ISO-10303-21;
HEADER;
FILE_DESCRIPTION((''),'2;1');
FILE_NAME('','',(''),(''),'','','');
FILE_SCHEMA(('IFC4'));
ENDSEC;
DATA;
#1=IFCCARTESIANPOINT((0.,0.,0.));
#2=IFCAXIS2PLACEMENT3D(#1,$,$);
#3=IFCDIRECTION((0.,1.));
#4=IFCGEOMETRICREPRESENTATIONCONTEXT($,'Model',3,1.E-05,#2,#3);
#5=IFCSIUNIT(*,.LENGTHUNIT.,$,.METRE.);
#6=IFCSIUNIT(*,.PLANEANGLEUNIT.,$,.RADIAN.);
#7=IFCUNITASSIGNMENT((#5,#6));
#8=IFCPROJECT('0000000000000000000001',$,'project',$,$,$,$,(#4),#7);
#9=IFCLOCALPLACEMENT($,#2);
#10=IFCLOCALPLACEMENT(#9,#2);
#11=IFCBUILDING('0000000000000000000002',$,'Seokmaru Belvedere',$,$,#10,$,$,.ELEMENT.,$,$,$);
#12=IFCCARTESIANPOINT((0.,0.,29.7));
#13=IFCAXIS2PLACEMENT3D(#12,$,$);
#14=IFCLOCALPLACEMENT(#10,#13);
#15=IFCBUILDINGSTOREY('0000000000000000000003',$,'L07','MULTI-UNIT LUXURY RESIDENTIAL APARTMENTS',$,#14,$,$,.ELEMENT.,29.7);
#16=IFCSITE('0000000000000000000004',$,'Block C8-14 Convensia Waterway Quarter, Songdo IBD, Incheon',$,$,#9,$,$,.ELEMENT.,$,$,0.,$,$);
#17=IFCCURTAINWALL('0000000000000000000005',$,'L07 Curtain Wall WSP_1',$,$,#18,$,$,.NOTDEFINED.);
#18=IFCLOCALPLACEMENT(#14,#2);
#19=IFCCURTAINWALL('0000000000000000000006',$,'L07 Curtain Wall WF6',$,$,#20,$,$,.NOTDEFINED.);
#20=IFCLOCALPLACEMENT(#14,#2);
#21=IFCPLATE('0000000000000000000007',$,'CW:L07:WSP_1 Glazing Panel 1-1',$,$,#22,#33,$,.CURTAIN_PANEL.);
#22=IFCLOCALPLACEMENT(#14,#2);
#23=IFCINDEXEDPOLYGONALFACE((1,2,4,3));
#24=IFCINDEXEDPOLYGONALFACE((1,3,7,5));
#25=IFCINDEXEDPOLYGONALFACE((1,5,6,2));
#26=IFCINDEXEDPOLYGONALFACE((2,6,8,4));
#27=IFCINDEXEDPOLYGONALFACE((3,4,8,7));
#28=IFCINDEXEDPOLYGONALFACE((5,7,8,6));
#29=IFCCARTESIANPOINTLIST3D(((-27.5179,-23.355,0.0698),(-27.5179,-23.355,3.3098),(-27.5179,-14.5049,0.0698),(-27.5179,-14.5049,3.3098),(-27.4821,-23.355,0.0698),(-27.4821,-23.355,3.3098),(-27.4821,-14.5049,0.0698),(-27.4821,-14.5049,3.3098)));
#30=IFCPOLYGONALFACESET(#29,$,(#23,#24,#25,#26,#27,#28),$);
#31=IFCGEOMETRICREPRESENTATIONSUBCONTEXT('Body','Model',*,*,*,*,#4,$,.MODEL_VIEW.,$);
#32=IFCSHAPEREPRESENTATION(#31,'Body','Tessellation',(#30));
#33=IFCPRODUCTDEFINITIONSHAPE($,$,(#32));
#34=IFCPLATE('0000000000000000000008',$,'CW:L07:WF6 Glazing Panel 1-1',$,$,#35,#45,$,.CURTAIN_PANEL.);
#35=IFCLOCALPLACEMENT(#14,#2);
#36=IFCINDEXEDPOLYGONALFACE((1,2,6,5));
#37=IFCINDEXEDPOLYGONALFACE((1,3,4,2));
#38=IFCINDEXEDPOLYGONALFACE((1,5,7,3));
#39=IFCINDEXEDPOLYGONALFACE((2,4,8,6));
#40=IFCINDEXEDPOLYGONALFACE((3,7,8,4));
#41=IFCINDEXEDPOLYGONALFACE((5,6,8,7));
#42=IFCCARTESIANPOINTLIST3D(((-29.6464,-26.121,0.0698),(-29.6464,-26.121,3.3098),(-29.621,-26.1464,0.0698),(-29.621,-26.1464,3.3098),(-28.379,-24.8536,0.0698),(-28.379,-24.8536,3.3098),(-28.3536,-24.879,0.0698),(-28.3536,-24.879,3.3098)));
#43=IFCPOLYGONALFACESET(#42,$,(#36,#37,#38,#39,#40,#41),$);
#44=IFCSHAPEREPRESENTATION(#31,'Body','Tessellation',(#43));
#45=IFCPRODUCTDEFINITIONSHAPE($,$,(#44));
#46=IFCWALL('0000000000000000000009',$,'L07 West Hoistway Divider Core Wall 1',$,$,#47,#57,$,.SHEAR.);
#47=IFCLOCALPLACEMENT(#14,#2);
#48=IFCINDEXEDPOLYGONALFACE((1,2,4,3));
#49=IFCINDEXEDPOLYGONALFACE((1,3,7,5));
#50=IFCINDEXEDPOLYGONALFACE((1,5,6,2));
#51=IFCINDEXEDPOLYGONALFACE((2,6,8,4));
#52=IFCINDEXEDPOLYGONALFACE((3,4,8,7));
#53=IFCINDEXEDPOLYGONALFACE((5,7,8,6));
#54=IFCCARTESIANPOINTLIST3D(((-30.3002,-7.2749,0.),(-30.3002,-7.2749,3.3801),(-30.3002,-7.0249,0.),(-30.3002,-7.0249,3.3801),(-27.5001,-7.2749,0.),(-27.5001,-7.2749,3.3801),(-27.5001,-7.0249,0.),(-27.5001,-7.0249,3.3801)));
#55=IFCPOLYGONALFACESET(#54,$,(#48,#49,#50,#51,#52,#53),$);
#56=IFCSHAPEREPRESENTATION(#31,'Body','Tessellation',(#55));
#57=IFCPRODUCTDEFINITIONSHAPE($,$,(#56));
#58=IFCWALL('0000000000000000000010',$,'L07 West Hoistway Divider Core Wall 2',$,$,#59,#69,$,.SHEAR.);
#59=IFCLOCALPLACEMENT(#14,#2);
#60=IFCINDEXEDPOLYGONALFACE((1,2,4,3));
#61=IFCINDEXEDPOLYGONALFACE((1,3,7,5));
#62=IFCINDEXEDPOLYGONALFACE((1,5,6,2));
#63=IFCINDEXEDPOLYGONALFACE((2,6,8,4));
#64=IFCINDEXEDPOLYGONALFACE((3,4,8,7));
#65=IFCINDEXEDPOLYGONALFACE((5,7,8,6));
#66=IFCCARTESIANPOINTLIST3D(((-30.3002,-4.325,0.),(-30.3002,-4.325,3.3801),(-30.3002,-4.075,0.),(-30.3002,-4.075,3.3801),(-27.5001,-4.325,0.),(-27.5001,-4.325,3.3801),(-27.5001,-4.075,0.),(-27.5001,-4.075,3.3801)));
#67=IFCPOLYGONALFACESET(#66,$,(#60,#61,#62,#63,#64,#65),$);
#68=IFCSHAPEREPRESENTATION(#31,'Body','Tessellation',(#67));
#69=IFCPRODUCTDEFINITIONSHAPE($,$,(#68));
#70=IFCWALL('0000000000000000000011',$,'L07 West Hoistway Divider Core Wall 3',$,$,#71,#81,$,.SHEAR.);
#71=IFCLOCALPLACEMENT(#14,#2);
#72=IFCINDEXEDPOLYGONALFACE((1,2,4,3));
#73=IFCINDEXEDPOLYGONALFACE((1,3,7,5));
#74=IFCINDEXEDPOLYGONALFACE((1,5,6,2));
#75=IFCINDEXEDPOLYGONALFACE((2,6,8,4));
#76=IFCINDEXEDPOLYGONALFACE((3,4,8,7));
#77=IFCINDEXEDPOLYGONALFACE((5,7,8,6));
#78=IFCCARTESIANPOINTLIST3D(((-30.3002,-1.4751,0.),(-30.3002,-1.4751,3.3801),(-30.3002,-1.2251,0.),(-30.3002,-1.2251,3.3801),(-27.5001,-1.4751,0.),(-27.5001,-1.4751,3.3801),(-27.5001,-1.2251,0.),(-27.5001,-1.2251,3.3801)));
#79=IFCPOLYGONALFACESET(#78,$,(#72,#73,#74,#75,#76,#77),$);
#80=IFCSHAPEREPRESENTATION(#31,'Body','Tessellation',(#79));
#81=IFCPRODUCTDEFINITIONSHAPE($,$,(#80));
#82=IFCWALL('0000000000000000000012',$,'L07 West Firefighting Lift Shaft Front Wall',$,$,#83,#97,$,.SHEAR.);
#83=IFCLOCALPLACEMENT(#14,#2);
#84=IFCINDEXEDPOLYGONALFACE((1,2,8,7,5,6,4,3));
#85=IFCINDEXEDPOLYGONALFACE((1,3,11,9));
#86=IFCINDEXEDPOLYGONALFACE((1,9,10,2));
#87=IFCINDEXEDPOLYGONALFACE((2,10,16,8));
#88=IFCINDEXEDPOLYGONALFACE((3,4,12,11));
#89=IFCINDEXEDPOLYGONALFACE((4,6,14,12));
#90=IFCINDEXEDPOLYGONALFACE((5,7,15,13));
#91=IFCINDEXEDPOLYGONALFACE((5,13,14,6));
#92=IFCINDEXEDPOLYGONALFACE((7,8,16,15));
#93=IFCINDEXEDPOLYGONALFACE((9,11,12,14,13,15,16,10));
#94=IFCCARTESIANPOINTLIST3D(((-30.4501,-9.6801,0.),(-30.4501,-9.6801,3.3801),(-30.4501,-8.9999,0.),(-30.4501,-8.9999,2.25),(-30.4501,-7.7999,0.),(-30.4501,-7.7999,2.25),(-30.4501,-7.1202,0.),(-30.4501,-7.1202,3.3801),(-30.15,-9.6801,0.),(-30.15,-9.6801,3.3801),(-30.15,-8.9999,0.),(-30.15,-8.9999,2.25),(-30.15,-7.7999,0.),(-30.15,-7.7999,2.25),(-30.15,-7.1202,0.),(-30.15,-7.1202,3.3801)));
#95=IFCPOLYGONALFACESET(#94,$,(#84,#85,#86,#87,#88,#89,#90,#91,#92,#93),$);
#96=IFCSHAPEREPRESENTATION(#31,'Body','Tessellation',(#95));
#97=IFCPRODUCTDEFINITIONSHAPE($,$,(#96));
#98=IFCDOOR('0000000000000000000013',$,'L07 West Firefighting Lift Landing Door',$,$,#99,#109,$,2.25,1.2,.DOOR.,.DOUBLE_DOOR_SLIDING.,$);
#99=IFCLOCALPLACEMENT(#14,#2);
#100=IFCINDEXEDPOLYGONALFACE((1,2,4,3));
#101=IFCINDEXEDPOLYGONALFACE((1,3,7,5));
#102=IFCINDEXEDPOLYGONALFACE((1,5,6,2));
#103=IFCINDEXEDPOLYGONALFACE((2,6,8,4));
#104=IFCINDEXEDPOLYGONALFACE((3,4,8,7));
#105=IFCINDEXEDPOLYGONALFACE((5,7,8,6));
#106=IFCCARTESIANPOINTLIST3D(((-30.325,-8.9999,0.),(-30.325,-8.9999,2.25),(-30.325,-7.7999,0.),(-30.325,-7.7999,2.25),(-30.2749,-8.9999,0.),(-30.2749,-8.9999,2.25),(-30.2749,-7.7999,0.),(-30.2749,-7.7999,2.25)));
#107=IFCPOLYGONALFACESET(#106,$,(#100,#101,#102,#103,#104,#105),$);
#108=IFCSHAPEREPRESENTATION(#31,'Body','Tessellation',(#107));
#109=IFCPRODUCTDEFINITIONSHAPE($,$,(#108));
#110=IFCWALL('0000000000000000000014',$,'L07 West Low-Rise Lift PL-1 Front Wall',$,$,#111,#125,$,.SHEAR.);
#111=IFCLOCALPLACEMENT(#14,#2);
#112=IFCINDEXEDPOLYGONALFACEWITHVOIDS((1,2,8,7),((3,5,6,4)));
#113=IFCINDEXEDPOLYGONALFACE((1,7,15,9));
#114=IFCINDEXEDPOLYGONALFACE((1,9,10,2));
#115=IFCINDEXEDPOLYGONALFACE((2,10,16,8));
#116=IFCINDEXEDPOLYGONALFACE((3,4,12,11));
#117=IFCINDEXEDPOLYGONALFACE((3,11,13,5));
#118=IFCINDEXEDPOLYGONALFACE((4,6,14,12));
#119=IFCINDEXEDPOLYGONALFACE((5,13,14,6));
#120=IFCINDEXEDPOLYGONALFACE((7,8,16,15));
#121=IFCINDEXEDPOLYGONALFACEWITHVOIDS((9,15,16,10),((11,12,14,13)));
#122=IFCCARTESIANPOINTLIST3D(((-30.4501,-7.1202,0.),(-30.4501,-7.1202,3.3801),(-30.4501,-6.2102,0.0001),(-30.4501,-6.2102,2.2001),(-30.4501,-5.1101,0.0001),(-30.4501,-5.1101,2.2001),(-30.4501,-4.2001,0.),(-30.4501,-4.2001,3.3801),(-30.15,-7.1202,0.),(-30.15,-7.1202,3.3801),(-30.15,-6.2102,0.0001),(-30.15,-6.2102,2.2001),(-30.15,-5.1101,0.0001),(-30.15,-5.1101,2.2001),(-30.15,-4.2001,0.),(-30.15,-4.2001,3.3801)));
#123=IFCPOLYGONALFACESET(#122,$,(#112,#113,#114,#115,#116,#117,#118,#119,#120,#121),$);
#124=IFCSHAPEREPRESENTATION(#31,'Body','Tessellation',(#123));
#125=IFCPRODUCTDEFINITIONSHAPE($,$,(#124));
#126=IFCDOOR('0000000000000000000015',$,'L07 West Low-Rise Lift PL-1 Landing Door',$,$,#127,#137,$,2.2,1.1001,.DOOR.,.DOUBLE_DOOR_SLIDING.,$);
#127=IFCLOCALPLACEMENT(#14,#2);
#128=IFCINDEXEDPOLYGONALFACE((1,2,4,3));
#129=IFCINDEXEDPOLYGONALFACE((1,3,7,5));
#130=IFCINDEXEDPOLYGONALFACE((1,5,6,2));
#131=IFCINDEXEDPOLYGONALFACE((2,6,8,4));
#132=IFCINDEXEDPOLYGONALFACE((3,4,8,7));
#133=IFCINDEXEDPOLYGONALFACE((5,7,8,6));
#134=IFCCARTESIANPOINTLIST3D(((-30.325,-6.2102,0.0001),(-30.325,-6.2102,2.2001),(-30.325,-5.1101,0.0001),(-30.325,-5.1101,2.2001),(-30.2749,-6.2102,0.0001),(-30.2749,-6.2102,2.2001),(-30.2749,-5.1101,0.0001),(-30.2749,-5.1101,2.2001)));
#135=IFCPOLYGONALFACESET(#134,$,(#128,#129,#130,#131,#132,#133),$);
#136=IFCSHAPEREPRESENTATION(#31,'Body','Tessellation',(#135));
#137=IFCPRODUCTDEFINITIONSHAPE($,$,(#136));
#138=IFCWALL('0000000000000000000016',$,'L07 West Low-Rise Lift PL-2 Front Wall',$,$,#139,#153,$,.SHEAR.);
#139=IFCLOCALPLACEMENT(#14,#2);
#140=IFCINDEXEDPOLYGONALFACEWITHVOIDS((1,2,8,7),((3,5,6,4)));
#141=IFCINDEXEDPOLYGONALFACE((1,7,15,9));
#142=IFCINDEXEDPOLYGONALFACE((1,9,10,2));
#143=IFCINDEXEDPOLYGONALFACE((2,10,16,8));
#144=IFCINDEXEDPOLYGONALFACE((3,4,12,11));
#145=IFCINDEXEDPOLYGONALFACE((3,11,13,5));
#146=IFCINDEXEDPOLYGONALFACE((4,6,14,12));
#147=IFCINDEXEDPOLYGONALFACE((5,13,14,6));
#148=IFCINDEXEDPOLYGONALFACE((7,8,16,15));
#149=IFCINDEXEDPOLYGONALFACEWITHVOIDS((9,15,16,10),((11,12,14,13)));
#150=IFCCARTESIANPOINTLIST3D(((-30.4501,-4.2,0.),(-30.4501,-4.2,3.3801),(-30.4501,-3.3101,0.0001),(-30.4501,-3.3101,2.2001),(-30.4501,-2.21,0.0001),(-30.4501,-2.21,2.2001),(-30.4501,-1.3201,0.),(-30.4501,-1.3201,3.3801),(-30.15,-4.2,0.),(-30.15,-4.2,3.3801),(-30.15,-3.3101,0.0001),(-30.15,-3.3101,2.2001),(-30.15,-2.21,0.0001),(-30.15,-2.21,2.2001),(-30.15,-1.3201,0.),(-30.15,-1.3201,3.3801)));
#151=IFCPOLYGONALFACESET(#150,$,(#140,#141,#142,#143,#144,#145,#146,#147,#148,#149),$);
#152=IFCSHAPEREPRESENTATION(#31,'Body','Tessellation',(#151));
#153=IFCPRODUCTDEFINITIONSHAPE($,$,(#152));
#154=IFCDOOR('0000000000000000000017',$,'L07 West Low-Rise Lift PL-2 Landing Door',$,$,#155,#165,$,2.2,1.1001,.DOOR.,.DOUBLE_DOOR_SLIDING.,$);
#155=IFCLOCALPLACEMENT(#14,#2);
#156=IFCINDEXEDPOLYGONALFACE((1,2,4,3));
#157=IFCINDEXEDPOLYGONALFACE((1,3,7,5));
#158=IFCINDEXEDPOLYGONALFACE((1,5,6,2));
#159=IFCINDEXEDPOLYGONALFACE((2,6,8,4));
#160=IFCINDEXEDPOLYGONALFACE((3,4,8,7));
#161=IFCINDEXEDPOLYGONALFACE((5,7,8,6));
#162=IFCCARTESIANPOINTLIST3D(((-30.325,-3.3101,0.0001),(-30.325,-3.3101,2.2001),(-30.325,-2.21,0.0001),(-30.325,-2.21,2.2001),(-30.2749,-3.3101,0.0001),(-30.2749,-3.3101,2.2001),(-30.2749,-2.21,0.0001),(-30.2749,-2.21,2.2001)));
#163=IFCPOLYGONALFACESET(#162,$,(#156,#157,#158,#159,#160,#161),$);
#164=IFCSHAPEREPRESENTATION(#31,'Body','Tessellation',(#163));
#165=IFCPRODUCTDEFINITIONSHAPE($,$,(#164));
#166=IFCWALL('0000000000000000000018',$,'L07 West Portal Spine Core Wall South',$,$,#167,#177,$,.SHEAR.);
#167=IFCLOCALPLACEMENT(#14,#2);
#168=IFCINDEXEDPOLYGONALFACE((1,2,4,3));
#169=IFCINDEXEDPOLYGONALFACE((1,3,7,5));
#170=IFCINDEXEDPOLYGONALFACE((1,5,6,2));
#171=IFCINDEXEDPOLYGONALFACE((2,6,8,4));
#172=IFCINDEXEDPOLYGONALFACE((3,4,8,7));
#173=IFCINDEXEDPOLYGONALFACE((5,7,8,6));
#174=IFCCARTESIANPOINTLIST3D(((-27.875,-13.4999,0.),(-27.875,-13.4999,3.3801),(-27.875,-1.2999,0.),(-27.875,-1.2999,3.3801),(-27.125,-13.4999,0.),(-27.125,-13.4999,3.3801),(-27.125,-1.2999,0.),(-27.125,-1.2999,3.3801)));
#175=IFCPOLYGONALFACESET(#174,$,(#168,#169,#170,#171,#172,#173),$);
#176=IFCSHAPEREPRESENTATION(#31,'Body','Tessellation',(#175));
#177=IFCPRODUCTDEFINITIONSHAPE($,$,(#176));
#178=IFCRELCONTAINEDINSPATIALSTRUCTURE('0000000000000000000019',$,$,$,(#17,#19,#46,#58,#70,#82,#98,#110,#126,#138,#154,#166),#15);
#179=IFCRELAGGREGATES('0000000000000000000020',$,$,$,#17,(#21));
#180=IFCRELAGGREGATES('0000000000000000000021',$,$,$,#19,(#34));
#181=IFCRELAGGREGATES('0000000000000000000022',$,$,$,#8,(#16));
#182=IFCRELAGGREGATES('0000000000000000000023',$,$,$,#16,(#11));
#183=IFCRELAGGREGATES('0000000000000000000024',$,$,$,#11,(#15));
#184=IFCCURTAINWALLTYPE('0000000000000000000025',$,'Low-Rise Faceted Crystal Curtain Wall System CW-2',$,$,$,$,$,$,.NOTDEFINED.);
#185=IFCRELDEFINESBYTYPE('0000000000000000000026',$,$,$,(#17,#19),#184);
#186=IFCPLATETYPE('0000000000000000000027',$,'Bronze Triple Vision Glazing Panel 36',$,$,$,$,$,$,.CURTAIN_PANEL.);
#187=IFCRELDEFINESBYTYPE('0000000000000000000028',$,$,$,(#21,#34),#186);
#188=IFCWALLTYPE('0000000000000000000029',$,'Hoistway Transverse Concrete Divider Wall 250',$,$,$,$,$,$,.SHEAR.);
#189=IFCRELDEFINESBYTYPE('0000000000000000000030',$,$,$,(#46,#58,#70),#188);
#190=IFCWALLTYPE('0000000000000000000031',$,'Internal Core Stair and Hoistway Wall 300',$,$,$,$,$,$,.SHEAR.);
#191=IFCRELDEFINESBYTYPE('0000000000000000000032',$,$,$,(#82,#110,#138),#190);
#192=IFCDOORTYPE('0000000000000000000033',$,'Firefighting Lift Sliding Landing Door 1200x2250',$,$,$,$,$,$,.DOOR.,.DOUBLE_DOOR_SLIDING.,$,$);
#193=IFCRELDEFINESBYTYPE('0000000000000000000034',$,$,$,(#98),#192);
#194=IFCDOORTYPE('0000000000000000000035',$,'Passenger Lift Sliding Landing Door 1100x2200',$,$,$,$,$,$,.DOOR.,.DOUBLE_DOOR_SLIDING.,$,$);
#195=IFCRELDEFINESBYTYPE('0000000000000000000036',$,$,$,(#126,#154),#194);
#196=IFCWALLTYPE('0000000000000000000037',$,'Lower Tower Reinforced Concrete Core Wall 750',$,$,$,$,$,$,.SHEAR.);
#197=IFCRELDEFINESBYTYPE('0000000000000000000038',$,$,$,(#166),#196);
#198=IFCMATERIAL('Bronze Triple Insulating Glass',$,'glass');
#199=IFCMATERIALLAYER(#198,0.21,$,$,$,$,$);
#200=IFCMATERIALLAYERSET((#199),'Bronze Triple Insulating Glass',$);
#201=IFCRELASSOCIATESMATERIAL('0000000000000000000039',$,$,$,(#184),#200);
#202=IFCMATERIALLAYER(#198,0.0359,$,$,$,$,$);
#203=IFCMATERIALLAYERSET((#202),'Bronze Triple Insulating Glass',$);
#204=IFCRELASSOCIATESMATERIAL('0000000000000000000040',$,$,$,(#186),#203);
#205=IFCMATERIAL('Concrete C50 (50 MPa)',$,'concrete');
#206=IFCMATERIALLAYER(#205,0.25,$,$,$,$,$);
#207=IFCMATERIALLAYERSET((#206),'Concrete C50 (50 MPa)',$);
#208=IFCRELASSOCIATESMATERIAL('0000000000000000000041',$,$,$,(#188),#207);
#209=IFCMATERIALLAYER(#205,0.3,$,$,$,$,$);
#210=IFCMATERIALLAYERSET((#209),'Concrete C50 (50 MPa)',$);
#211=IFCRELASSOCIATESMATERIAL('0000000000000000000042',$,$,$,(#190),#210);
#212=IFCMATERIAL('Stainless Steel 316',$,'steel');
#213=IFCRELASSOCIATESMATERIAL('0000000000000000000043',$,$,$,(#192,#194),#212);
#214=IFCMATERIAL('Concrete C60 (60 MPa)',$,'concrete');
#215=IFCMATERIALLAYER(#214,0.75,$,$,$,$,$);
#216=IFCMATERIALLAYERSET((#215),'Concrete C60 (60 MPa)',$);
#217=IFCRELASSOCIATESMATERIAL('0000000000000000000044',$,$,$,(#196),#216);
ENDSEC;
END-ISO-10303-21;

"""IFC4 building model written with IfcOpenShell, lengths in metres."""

from ifc_helpers import new_model, si_unit, direction, frame, frame_2d, origin, origin_2d, place, context, subcontext, project, spatial, rectangle, extrude, source, transform, mapped, material, layer, layer_set, type_object, type_shapes, element, fill, aggregate, save


model = new_model("IFC4")

# Units and contexts
model_context = context("Model", 3, precision=1e-05, world=origin(), true_north=direction((0.0, 1.0)))
body_context = subcontext(model_context, "Body", "Model", "MODEL_VIEW")
ifc_project = project(units=[si_unit("LENGTHUNIT", "METRE"), si_unit("PLANEANGLEUNIT", "RADIAN")], contexts=[model_context])

# Site, building, storey
site_placement = place(None, origin())
site = spatial("IfcSite", under=ifc_project, at=site_placement, Name="Block C8-14 Convensia Waterway Quarter, Songdo IBD, Incheon", CompositionType="ELEMENT", RefElevation=0.0)
building_placement = place(site_placement, origin())
building = spatial("IfcBuilding", under=site, at=building_placement, Name="Seokmaru Belvedere", CompositionType="ELEMENT")
storey_placement = place(building_placement, frame((0.0, 0.0, 29.7)))
storey = spatial("IfcBuildingStorey", under=building, at=storey_placement, Name="L07", Description="MULTI-UNIT LUXURY RESIDENTIAL APARTMENTS", CompositionType="ELEMENT", Elevation=29.7)

# Curtain walls
ifc_material_1 = material(Name="Bronze Triple Insulating Glass", Category="glass")
ifc_layer_1 = layer(ifc_material_1, 0.21)
ifc_layer_set_1 = layer_set([ifc_layer_1], Name="Bronze Triple Insulating Glass")
curtain_wall_type = type_object("IfcCurtainWallType", Name="Low-Rise Faceted Crystal Curtain Wall System CW-2", PredefinedType="NOTDEFINED", material=ifc_layer_set_1)
curtain_wall_1_placement = place(storey_placement, origin())
curtain_wall_1 = element("IfcCurtainWall", 1, at=curtain_wall_1_placement, inside=storey, type_object=curtain_wall_type, Name="L07 Curtain Wall WSP_1", PredefinedType="NOTDEFINED")
curtain_wall_2_placement = place(storey_placement, origin())
curtain_wall_2 = element("IfcCurtainWall", 2, at=curtain_wall_2_placement, inside=storey, type_object=curtain_wall_type, Name="L07 Curtain Wall WF6", PredefinedType="NOTDEFINED")

# Plates
ifc_layer_2 = layer(ifc_material_1, 0.0359)
ifc_layer_set_2 = layer_set([ifc_layer_2], Name="Bronze Triple Insulating Glass")
plate_type = type_object("IfcPlateType", Name="Bronze Triple Vision Glazing Panel 36", PredefinedType="CURTAIN_PANEL", material=ifc_layer_set_2)
shared_shape_1 = source(origin(), body_context, "Body", "SweptSolid", [
    extrude(rectangle(XDim=8.8501, YDim=0.0359, at=origin_2d()), origin(), (0.0, 0.0, 1.0), 3.24),
])
plate_1_placement = place(storey_placement, frame((-27.5, -18.9299, 0.0698), z_axis=(0.0, 0.0, 1.0), x_axis=(0.0, 1.0, 0.0)))
plate_1 = element("IfcPlate", 3, at=plate_1_placement, type_object=plate_type, Name="CW:L07:WSP_1 Glazing Panel 1-1", PredefinedType="CURTAIN_PANEL", context=body_context, shape_type="MappedRepresentation", body=[
    mapped(shared_shape_1, transform((0.0, 0.0, 0.0), scale=1.0)),
])
aggregate(curtain_wall_1, [plate_1])
shared_shape_2 = source(origin(), body_context, "Body", "SweptSolid", [
    extrude(rectangle(XDim=1.7925, YDim=0.0359, at=origin_2d()), origin(), (0.0, 0.0, 1.0), 3.24),
])
type_shapes(plate_type, [shared_shape_1, shared_shape_2])
plate_2_placement = place(storey_placement, frame((-29.0, -25.5, 0.0698), z_axis=(0.0, 0.0, 1.0), x_axis=(0.707107, 0.707107, 0.0)))
plate_2 = element("IfcPlate", 4, at=plate_2_placement, type_object=plate_type, Name="CW:L07:WF6 Glazing Panel 1-1", PredefinedType="CURTAIN_PANEL", context=body_context, shape_type="MappedRepresentation", body=[
    mapped(shared_shape_2, transform((0.0, 0.0, 0.0), scale=1.0)),
])
aggregate(curtain_wall_2, [plate_2])

# Walls
ifc_material_2 = material(Name="Concrete C50 (50 MPa)", Category="concrete")
ifc_layer_3 = layer(ifc_material_2, 0.25)
ifc_layer_set_3 = layer_set([ifc_layer_3], Name="Concrete C50 (50 MPa)")
wall_type_1 = type_object("IfcWallType", Name="Hoistway Transverse Concrete Divider Wall 250", PredefinedType="SHEAR", material=ifc_layer_set_3)
for number, where, z_axis, x_axis, name in (
    (5, (-30.3, -7.1499, 0.0), (0.0, 0.0, 1.0), (1.0, 0.0, 0.0), "L07 West Hoistway Divider Core Wall 1"),
    (6, (-30.3, -4.2, 0.0), (0.0, 0.0, 1.0), (1.0, 0.0, 0.0), "L07 West Hoistway Divider Core Wall 2"),
    (7, (-30.3, -1.3501, 0.0), (0.0, 0.0, 1.0), (1.0, 0.0, 0.0), "L07 West Hoistway Divider Core Wall 3"),
):
    element("IfcWall", number, at=place(storey_placement, frame(where, z_axis=z_axis, x_axis=x_axis)), inside=storey, type_object=wall_type_1, Name=name, PredefinedType="SHEAR", context=body_context, shape_type="SweptSolid", body=[
        extrude(rectangle(XDim=2.8, YDim=0.25, at=frame_2d((1.3999, 0.0))), origin(), (0.0, 0.0, 1.0), 3.3801),
    ])

# Walls, openings, doors
ifc_layer_4 = layer(ifc_material_2, 0.3)
ifc_layer_set_4 = layer_set([ifc_layer_4], Name="Concrete C50 (50 MPa)")
wall_type_2 = type_object("IfcWallType", Name="Internal Core Stair and Hoistway Wall 300", PredefinedType="SHEAR", material=ifc_layer_set_4)
wall_1_placement = place(storey_placement, frame((-30.3, -9.6799, 0.0), z_axis=(0.0, 0.0, 1.0), x_axis=(0.0, 1.0, 0.0)))
wall_1 = element("IfcWall", 8, at=wall_1_placement, inside=storey, type_object=wall_type_2, Name="L07 West Firefighting Lift Shaft Front Wall", PredefinedType="SHEAR", context=body_context, shape_type="SweptSolid", body=[
    extrude(rectangle(XDim=2.5598, YDim=0.3, at=frame_2d((1.2798, 0.0))), origin(), (0.0, 0.0, 1.0), 3.3801),
])
opening_1_placement = place(wall_1_placement, frame((0.6799, 0.0, 0.0)))
opening_1 = element("IfcOpeningElement", 9, at=opening_1_placement, cuts=wall_1, PredefinedType="OPENING", context=body_context, shape_type="SweptSolid", body=[
    extrude(rectangle(XDim=1.2, YDim=2.25, at=frame_2d((0.6001, 1.125))), frame((0.0, 0.1602, 0.0), z_axis=(0.0, -1.0, 0.0), x_axis=(1.0, 0.0, 0.0)), (0.0, 0.0, 1.0), 0.3201),
])
ifc_material_3 = material(Name="Stainless Steel 316", Category="steel")
door_type_1 = type_object("IfcDoorType", Name="Firefighting Lift Sliding Landing Door 1200x2250", OperationType="DOUBLE_DOOR_SLIDING", PredefinedType="DOOR", material=ifc_material_3)
shared_shape_3 = source(origin(), body_context, "Body", "SweptSolid", [
    extrude(rectangle(XDim=1.2, YDim=2.25, at=frame_2d((0.6001, 1.125))), frame((0.0, 0.0249, 0.0), z_axis=(0.0, -1.0, 0.0), x_axis=(1.0, 0.0, 0.0)), (0.0, 0.0, 1.0), 0.05),
])
type_shapes(door_type_1, [shared_shape_3])
door_1_placement = place(opening_1_placement, origin())
door_1 = element("IfcDoor", 10, at=door_1_placement, inside=storey, type_object=door_type_1, Name="L07 West Firefighting Lift Landing Door", OperationType="DOUBLE_DOOR_SLIDING", OverallHeight=2.25, OverallWidth=1.2, PredefinedType="DOOR", context=body_context, shape_type="MappedRepresentation", body=[
    mapped(shared_shape_3, transform((0.0, 0.0, 0.0), scale=1.0)),
])
fill(opening_1, door_1)
wall_2_placement = place(storey_placement, frame((-30.3, -7.1201, 0.0), z_axis=(0.0, 0.0, 1.0), x_axis=(0.0, 1.0, 0.0)))
wall_2 = element("IfcWall", 11, at=wall_2_placement, inside=storey, type_object=wall_type_2, Name="L07 West Low-Rise Lift PL-1 Front Wall", PredefinedType="SHEAR", context=body_context, shape_type="SweptSolid", body=[
    extrude(rectangle(XDim=2.9202, YDim=0.3, at=frame_2d((1.46, 0.0))), origin(), (0.0, 0.0, 1.0), 3.3801),
])
opening_2_placement = place(wall_2_placement, frame((0.9099, 0.0, 0.0)))
opening_2 = element("IfcOpeningElement", 12, at=opening_2_placement, cuts=wall_2, PredefinedType="OPENING", context=body_context, shape_type="SweptSolid", body=[
    extrude(rectangle(XDim=1.1001, YDim=2.2, at=frame_2d((0.55, 1.1001))), frame((0.0, 0.1602, 0.0), z_axis=(0.0, -1.0, 0.0), x_axis=(1.0, 0.0, 0.0)), (0.0, 0.0, 1.0), 0.3201),
])
door_type_2 = type_object("IfcDoorType", Name="Passenger Lift Sliding Landing Door 1100x2200", OperationType="DOUBLE_DOOR_SLIDING", PredefinedType="DOOR", material=ifc_material_3)
shared_shape_4 = source(origin(), body_context, "Body", "SweptSolid", [
    extrude(rectangle(XDim=1.1001, YDim=2.2, at=frame_2d((0.55, 1.1001))), frame((0.0, 0.0249, 0.0), z_axis=(0.0, -1.0, 0.0), x_axis=(1.0, 0.0, 0.0)), (0.0, 0.0, 1.0), 0.05),
])
type_shapes(door_type_2, [shared_shape_4])
door_2_placement = place(opening_2_placement, origin())
door_2 = element("IfcDoor", 13, at=door_2_placement, inside=storey, type_object=door_type_2, Name="L07 West Low-Rise Lift PL-1 Landing Door", OperationType="DOUBLE_DOOR_SLIDING", OverallHeight=2.2, OverallWidth=1.1001, PredefinedType="DOOR", context=body_context, shape_type="MappedRepresentation", body=[
    mapped(shared_shape_4, transform((0.0, 0.0, 0.0), scale=1.0)),
])
fill(opening_2, door_2)
wall_3_placement = place(storey_placement, frame((-30.3, -4.2, 0.0), z_axis=(0.0, 0.0, 1.0), x_axis=(0.0, 1.0, 0.0)))
wall_3 = element("IfcWall", 14, at=wall_3_placement, inside=storey, type_object=wall_type_2, Name="L07 West Low-Rise Lift PL-2 Front Wall", PredefinedType="SHEAR", context=body_context, shape_type="SweptSolid", body=[
    extrude(rectangle(XDim=2.8799, YDim=0.3, at=frame_2d((1.4399, 0.0))), origin(), (0.0, 0.0, 1.0), 3.3801),
])
opening_3_placement = place(wall_3_placement, frame((0.8899, 0.0, 0.0)))
opening_3 = element("IfcOpeningElement", 15, at=opening_3_placement, cuts=wall_3, PredefinedType="OPENING", context=body_context, shape_type="SweptSolid", body=[
    extrude(rectangle(XDim=1.1001, YDim=2.2, at=frame_2d((0.55, 1.1001))), frame((0.0, 0.1602, 0.0), z_axis=(0.0, -1.0, 0.0), x_axis=(1.0, 0.0, 0.0)), (0.0, 0.0, 1.0), 0.3201),
])
door_3_placement = place(opening_3_placement, origin())
door_3 = element("IfcDoor", 16, at=door_3_placement, inside=storey, type_object=door_type_2, Name="L07 West Low-Rise Lift PL-2 Landing Door", OperationType="DOUBLE_DOOR_SLIDING", OverallHeight=2.2, OverallWidth=1.1001, PredefinedType="DOOR", context=body_context, shape_type="MappedRepresentation", body=[
    mapped(shared_shape_4, transform((0.0, 0.0, 0.0), scale=1.0)),
])
fill(opening_3, door_3)

# Wall
ifc_material_4 = material(Name="Concrete C60 (60 MPa)", Category="concrete")
ifc_layer_5 = layer(ifc_material_4, 0.75)
ifc_layer_set_5 = layer_set([ifc_layer_5], Name="Concrete C60 (60 MPa)")
wall_type_3 = type_object("IfcWallType", Name="Lower Tower Reinforced Concrete Core Wall 750", PredefinedType="SHEAR", material=ifc_layer_set_5)
wall_4_placement = place(storey_placement, frame((-27.5, -13.5, 0.0), z_axis=(0.0, 0.0, 1.0), x_axis=(0.0, 1.0, 0.0)))
element("IfcWall", 17, at=wall_4_placement, inside=storey, type_object=wall_type_3, Name="L07 West Portal Spine Core Wall South", PredefinedType="SHEAR", context=body_context, shape_type="SweptSolid", body=[
    extrude(rectangle(XDim=12.2, YDim=0.75, at=frame_2d((6.1001, 0.0))), origin(), (0.0, 0.0, 1.0), 3.3801),
])

save(model, "model.ifc")
